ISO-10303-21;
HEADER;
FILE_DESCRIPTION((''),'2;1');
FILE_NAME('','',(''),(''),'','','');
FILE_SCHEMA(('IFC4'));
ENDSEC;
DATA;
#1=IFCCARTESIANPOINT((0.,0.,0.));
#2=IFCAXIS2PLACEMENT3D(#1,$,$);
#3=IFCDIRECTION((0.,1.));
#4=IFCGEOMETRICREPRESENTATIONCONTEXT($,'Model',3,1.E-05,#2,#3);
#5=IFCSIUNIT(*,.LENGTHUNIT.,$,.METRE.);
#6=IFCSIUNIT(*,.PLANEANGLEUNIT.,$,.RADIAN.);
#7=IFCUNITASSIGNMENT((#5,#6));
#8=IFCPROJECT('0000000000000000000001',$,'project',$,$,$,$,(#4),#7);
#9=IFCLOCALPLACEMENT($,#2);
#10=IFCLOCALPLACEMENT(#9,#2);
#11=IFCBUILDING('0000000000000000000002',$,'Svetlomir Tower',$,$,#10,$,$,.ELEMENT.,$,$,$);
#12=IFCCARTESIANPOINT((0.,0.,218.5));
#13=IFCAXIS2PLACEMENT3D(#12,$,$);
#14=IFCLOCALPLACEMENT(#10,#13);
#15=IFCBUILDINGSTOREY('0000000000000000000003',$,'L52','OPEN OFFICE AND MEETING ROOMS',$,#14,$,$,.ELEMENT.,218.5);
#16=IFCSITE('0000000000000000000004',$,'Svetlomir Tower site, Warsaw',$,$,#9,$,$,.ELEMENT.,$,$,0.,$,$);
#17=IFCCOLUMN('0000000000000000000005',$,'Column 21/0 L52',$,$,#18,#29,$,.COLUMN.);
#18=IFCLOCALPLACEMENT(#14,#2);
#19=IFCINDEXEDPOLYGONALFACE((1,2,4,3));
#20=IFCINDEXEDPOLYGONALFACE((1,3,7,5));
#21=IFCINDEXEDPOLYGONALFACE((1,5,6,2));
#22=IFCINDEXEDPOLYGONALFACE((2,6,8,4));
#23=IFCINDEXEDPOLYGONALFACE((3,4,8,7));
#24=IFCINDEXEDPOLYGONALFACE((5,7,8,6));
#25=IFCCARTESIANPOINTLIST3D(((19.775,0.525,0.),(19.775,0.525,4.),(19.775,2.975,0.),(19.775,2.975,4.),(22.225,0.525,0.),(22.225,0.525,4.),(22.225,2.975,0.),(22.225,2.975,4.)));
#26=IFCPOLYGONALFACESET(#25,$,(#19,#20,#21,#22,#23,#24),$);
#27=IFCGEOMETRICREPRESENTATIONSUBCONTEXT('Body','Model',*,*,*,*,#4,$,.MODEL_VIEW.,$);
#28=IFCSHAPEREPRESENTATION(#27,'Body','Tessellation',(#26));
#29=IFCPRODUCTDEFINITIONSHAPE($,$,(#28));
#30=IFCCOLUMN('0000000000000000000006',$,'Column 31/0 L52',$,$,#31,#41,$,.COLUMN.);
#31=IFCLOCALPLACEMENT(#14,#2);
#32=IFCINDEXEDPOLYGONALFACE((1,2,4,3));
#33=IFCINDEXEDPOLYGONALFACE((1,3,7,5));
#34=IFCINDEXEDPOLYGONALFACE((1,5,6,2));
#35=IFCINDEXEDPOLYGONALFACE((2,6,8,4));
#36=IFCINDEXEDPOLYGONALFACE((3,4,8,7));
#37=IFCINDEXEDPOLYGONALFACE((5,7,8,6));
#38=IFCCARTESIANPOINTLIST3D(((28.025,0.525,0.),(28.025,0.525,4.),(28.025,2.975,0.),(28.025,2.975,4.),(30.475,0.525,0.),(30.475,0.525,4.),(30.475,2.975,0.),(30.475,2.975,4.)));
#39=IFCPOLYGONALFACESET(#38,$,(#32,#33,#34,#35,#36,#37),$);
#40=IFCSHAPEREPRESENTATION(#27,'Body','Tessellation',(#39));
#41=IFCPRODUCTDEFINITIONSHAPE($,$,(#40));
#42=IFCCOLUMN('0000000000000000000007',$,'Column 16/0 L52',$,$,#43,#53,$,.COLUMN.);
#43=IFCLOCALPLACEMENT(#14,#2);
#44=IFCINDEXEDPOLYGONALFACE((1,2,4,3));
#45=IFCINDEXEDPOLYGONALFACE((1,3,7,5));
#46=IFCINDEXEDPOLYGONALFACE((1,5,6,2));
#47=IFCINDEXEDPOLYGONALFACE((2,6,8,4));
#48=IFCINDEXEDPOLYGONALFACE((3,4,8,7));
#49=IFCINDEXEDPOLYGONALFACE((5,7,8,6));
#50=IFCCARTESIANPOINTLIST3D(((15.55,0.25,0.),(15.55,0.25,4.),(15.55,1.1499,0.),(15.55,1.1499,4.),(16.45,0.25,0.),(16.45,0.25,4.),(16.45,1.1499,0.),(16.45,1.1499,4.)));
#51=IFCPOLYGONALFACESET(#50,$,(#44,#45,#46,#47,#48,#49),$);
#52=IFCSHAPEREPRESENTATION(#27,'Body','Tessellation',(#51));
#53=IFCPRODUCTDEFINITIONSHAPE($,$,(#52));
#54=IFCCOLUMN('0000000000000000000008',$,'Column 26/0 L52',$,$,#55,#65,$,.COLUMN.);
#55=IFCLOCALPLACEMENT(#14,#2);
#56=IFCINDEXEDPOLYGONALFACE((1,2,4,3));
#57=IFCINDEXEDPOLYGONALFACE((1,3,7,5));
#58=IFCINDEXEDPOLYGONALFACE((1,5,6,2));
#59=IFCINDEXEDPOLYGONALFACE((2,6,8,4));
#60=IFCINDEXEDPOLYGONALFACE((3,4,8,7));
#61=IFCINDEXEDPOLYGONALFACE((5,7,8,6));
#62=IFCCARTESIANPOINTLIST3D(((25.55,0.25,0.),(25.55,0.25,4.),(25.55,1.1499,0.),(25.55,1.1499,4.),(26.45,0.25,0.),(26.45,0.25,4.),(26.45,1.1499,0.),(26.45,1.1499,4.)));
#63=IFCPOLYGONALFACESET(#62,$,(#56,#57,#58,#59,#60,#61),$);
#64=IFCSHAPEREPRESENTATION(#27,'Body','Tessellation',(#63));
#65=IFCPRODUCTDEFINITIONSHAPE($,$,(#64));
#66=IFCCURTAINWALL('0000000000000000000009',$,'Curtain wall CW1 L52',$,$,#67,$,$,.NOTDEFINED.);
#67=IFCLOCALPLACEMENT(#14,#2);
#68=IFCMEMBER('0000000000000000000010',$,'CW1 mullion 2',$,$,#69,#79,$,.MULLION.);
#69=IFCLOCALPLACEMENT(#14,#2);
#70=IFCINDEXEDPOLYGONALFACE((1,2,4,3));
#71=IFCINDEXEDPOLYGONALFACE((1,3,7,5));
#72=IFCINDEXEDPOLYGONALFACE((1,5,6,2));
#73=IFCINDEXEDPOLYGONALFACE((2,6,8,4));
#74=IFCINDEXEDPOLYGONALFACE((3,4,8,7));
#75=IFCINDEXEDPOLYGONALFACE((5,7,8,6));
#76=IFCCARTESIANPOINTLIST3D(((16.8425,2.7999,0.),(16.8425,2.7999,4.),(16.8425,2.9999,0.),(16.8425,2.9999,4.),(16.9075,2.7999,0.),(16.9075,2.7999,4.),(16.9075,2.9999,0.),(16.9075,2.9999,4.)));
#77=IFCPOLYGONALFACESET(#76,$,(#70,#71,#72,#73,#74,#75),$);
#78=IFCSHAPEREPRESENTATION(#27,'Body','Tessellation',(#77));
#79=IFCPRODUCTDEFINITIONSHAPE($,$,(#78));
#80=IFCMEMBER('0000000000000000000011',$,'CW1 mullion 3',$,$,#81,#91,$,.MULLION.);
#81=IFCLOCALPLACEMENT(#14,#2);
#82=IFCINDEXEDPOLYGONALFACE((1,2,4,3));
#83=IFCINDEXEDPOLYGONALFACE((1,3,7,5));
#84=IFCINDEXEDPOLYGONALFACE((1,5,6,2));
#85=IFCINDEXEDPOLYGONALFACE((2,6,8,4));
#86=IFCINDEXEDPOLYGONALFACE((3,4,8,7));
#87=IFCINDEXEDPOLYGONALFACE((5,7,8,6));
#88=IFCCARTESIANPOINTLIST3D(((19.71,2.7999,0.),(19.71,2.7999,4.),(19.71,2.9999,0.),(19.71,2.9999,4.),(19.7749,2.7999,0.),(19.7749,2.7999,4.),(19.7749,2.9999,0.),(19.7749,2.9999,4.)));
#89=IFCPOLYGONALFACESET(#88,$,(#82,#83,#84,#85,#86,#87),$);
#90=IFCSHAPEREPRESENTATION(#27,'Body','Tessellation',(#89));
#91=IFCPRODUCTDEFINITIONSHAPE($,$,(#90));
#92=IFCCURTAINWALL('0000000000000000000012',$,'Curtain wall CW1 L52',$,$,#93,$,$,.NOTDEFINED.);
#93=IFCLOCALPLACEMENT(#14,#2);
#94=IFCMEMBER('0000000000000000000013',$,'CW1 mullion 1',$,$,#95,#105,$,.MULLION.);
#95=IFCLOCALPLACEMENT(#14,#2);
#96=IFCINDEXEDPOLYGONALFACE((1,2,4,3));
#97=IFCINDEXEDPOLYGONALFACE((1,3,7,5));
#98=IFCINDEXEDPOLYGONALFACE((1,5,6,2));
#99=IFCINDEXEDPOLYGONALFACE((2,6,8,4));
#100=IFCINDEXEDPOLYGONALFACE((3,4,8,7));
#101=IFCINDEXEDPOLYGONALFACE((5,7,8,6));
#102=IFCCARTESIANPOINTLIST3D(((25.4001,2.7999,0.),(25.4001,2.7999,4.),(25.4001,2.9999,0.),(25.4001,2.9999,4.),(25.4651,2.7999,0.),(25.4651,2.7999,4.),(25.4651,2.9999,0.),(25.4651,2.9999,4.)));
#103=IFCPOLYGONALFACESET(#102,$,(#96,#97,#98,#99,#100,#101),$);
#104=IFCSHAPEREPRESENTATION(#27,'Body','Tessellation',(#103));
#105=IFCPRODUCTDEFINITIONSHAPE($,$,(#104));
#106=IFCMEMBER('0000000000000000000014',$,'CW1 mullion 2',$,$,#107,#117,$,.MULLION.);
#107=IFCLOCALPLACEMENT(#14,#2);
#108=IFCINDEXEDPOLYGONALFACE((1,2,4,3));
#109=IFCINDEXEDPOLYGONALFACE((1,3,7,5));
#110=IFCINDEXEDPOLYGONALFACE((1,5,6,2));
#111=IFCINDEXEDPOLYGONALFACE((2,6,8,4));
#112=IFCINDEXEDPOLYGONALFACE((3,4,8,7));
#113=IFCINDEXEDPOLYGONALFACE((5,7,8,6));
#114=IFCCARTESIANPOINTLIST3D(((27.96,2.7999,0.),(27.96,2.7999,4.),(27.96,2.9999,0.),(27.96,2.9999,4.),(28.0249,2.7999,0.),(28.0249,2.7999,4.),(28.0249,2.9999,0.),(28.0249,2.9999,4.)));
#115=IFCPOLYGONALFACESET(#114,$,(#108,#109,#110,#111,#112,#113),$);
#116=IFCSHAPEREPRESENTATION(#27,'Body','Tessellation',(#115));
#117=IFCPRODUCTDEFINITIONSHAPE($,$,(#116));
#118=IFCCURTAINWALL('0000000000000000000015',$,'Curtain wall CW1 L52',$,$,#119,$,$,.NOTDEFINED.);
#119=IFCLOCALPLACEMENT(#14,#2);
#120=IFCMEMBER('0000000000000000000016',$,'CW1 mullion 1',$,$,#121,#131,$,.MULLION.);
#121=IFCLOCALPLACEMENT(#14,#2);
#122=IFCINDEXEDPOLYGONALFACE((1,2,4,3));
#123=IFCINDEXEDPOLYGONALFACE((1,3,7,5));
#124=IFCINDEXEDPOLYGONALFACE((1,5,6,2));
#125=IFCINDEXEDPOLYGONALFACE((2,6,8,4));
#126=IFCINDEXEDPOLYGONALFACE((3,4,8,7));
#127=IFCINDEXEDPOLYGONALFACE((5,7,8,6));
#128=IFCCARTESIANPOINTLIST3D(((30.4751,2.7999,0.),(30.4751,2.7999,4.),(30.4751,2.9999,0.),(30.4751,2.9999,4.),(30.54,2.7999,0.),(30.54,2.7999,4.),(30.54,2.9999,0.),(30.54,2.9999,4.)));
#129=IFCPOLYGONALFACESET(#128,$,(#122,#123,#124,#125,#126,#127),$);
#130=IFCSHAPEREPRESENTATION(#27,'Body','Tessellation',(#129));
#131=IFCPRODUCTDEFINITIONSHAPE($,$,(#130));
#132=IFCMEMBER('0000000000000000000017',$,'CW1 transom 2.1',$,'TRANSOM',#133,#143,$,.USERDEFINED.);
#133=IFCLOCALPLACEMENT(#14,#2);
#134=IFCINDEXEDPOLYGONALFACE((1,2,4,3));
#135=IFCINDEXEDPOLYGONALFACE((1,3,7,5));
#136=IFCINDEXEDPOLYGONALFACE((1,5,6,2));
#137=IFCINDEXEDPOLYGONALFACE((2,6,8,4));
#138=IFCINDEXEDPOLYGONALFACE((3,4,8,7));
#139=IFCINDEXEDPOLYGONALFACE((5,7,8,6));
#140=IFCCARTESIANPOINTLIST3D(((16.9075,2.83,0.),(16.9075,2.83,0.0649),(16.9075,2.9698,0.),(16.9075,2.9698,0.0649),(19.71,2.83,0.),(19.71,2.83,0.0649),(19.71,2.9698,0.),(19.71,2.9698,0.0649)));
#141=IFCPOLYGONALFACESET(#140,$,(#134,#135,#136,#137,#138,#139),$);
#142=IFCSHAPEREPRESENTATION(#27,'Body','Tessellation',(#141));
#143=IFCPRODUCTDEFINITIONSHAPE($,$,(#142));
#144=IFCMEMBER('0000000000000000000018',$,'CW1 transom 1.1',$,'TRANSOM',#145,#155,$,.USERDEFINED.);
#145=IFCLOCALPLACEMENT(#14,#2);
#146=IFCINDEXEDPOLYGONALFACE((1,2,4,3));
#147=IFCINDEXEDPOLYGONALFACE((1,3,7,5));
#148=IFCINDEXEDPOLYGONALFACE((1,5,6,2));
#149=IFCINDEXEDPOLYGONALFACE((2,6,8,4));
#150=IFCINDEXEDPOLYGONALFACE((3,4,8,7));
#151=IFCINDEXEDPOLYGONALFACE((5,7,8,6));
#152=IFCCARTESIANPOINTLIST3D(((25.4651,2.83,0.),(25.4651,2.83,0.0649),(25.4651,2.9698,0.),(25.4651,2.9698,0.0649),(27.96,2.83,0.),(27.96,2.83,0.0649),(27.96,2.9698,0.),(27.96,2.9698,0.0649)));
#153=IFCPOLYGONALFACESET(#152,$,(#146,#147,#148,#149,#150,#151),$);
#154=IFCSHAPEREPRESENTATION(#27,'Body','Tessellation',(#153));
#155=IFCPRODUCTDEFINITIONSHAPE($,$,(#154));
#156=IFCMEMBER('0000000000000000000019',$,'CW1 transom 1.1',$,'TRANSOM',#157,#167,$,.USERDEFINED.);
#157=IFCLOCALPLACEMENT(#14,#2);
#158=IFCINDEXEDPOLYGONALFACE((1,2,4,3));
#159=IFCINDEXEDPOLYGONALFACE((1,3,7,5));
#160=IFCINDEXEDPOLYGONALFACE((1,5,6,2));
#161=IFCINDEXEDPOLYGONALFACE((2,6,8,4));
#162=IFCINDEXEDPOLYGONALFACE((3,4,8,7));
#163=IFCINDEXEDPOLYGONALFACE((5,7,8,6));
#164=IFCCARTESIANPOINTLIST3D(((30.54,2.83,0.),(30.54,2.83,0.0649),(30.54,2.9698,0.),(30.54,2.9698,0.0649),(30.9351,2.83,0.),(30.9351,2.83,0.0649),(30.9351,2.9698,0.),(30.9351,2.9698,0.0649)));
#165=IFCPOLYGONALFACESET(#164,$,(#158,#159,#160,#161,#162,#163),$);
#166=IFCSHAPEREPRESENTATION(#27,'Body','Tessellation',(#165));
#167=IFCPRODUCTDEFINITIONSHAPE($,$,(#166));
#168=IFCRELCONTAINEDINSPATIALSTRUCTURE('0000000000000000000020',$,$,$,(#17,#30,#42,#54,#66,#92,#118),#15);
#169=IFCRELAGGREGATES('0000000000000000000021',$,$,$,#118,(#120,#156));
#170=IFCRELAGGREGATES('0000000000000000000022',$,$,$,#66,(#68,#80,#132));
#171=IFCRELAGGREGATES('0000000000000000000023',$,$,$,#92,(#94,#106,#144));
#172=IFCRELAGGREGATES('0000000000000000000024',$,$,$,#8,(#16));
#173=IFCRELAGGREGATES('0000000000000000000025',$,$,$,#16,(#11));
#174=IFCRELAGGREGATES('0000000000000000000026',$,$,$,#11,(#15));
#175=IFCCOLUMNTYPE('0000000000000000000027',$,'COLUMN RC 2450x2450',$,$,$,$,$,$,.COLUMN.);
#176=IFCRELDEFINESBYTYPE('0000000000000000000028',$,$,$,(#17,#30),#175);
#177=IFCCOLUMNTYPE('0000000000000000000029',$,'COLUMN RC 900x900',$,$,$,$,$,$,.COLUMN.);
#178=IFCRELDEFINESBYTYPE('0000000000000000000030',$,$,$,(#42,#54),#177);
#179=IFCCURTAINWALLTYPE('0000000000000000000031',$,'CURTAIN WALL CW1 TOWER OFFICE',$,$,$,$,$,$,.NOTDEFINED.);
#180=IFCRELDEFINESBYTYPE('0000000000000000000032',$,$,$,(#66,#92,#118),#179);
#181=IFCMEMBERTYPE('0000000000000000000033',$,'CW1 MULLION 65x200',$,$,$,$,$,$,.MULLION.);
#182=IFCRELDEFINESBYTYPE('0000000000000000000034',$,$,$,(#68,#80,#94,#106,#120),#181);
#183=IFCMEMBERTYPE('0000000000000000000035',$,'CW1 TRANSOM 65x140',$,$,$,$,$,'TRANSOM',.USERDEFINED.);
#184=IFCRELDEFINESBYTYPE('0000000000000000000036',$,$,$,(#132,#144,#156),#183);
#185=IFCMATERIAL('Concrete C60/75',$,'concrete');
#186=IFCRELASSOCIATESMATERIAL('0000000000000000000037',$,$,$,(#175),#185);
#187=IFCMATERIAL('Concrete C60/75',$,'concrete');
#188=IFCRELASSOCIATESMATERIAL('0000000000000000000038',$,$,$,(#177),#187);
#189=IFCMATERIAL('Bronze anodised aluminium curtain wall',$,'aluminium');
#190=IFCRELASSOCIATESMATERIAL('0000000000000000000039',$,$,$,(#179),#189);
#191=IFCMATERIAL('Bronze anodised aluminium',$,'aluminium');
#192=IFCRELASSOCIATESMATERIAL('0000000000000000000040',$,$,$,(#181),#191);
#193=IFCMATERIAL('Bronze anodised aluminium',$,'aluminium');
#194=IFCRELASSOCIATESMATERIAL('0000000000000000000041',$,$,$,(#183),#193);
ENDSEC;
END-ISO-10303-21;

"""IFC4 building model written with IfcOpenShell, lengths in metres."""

from ifc_helpers import new_model, si_unit, direction, frame, origin, origin_2d, place, context, subcontext, project, spatial, rectangle, extrude, material, material_profile, profile_set, type_object, element, aggregate, save


model = new_model("IFC4")

# Units and contexts
model_context = context("Model", 3, precision=1e-05, world=origin(), true_north=direction((0.0, 1.0)))
body_context = subcontext(model_context, "Body", "Model", "MODEL_VIEW")
ifc_project = project(units=[si_unit("LENGTHUNIT", "METRE"), si_unit("PLANEANGLEUNIT", "RADIAN")], contexts=[model_context])

# Site, building, storey
site_placement = place(None, origin())
site = spatial("IfcSite", under=ifc_project, at=site_placement, Name="Svetlomir Tower site, Warsaw", CompositionType="ELEMENT", RefElevation=0.0)
building_placement = place(site_placement, origin())
building = spatial("IfcBuilding", under=site, at=building_placement, Name="Svetlomir Tower", CompositionType="ELEMENT")
storey_placement = place(building_placement, frame((0.0, 0.0, 218.5)))
storey = spatial("IfcBuildingStorey", under=building, at=storey_placement, Name="L52", Description="OPEN OFFICE AND MEETING ROOMS", CompositionType="ELEMENT", Elevation=218.5)

# Columns
ifc_material_1 = material(Name="Concrete C60/75", Category="concrete")
ifc_material_profile_1 = material_profile(ifc_material_1, rectangle(XDim=2.45, YDim=2.45, at=origin_2d()), Name="RC 2450x2450")
ifc_profile_set_1 = profile_set([ifc_material_profile_1], Name="Concrete C60/75")
column_type_1 = type_object("IfcColumnType", Name="COLUMN RC 2450x2450", PredefinedType="COLUMN", material=ifc_profile_set_1)
for number, where, z_axis, x_axis, name in (
    (1, (21.0, 1.75, 0.0), (0.0, 0.0, 1.0), (1.0, 0.0, 0.0), "Column 21/0 L52"),
    (2, (29.25, 1.75, 0.0), (0.0, 0.0, 1.0), (1.0, 0.0, 0.0), "Column 31/0 L52"),
):
    element("IfcColumn", number, at=place(storey_placement, frame(where, z_axis=z_axis, x_axis=x_axis)), inside=storey, type_object=column_type_1, Name=name, PredefinedType="COLUMN", context=body_context, shape_type="SweptSolid", body=[
        extrude(rectangle(XDim=2.45, YDim=2.45, at=origin_2d()), origin(), (0.0, 0.0, 1.0), 4.0),
    ])
ifc_material_2 = material(Name="Concrete C60/75", Category="concrete")
ifc_material_profile_2 = material_profile(ifc_material_2, rectangle(XDim=0.8999, YDim=0.8999, at=origin_2d()), Name="RC 900x900")
ifc_profile_set_2 = profile_set([ifc_material_profile_2], Name="Concrete C60/75")
column_type_2 = type_object("IfcColumnType", Name="COLUMN RC 900x900", PredefinedType="COLUMN", material=ifc_profile_set_2)
for number, where, z_axis, x_axis, name in (
    (3, (16.0, 0.7, 0.0), (0.0, 0.0, 1.0), (1.0, 0.0, 0.0), "Column 16/0 L52"),
    (4, (26.0, 0.7, 0.0), (0.0, 0.0, 1.0), (1.0, 0.0, 0.0), "Column 26/0 L52"),
):
    element("IfcColumn", number, at=place(storey_placement, frame(where, z_axis=z_axis, x_axis=x_axis)), inside=storey, type_object=column_type_2, Name=name, PredefinedType="COLUMN", context=body_context, shape_type="SweptSolid", body=[
        extrude(rectangle(XDim=0.8999, YDim=0.8999, at=origin_2d()), origin(), (0.0, 0.0, 1.0), 4.0),
    ])

# Curtain walls, members
ifc_material_3 = material(Name="Bronze anodised aluminium curtain wall", Category="aluminium")
curtain_wall_type = type_object("IfcCurtainWallType", Name="CURTAIN WALL CW1 TOWER OFFICE", PredefinedType="NOTDEFINED", material=ifc_material_3)
curtain_wall_1_placement = place(storey_placement, origin())
curtain_wall_1 = element("IfcCurtainWall", 5, at=curtain_wall_1_placement, inside=storey, type_object=curtain_wall_type, Name="Curtain wall CW1 L52", PredefinedType="NOTDEFINED")
ifc_material_4 = material(Name="Bronze anodised aluminium", Category="aluminium")
ifc_material_profile_3 = material_profile(ifc_material_4, rectangle(XDim=0.0649, YDim=0.2, at=origin_2d()), Name="AL 65x200")
ifc_profile_set_3 = profile_set([ifc_material_profile_3], Name="Bronze anodised aluminium 6063-T6")
member_type_1 = type_object("IfcMemberType", Name="CW1 MULLION 65x200", PredefinedType="MULLION", material=ifc_profile_set_3)
member_1_placement = place(storey_placement, frame((16.875, 2.8999, 0.0), z_axis=(0.0, 0.0, 1.0), x_axis=(1.0, 0.0, 0.0)))
member_1 = element("IfcMember", 6, at=member_1_placement, type_object=member_type_1, Name="CW1 mullion 2", PredefinedType="MULLION", context=body_context, shape_type="SweptSolid", body=[
    extrude(rectangle(XDim=0.0649, YDim=0.2, at=origin_2d()), origin(), (0.0, 0.0, 1.0), 4.0),
])
member_2_placement = place(storey_placement, frame((19.7424, 2.8999, 0.0), z_axis=(0.0, 0.0, 1.0), x_axis=(1.0, 0.0, 0.0)))
member_2 = element("IfcMember", 7, at=member_2_placement, type_object=member_type_1, Name="CW1 mullion 3", PredefinedType="MULLION", context=body_context, shape_type="SweptSolid", body=[
    extrude(rectangle(XDim=0.0649, YDim=0.2, at=origin_2d()), origin(), (0.0, 0.0, 1.0), 4.0),
])
curtain_wall_2_placement = place(storey_placement, origin())
curtain_wall_2 = element("IfcCurtainWall", 8, at=curtain_wall_2_placement, inside=storey, type_object=curtain_wall_type, Name="Curtain wall CW1 L52", PredefinedType="NOTDEFINED")
member_3_placement = place(storey_placement, frame((25.4326, 2.8999, 0.0), z_axis=(0.0, 0.0, 1.0), x_axis=(1.0, 0.0, 0.0)))
member_3 = element("IfcMember", 9, at=member_3_placement, type_object=member_type_1, Name="CW1 mullion 1", PredefinedType="MULLION", context=body_context, shape_type="SweptSolid", body=[
    extrude(rectangle(XDim=0.0649, YDim=0.2, at=origin_2d()), origin(), (0.0, 0.0, 1.0), 4.0),
])
member_4_placement = place(storey_placement, frame((27.9924, 2.8999, 0.0), z_axis=(0.0, 0.0, 1.0), x_axis=(1.0, 0.0, 0.0)))
member_4 = element("IfcMember", 10, at=member_4_placement, type_object=member_type_1, Name="CW1 mullion 2", PredefinedType="MULLION", context=body_context, shape_type="SweptSolid", body=[
    extrude(rectangle(XDim=0.0649, YDim=0.2, at=origin_2d()), origin(), (0.0, 0.0, 1.0), 4.0),
])

# Curtain wall, member
curtain_wall_3_placement = place(storey_placement, origin())
curtain_wall_3 = element("IfcCurtainWall", 11, at=curtain_wall_3_placement, inside=storey, type_object=curtain_wall_type, Name="Curtain wall CW1 L52", PredefinedType="NOTDEFINED")
member_5_placement = place(storey_placement, frame((30.5076, 2.8999, 0.0), z_axis=(0.0, 0.0, 1.0), x_axis=(1.0, 0.0, 0.0)))
member_5 = element("IfcMember", 12, at=member_5_placement, type_object=member_type_1, Name="CW1 mullion 1", PredefinedType="MULLION", context=body_context, shape_type="SweptSolid", body=[
    extrude(rectangle(XDim=0.0649, YDim=0.2, at=origin_2d()), origin(), (0.0, 0.0, 1.0), 4.0),
])

# Members
ifc_material_5 = material(Name="Bronze anodised aluminium", Category="aluminium")
ifc_material_profile_4 = material_profile(ifc_material_5, rectangle(XDim=0.1399, YDim=0.0649, at=origin_2d()), Name="AL 140x65")
ifc_profile_set_4 = profile_set([ifc_material_profile_4], Name="Bronze anodised aluminium 6063-T6")
member_type_2 = type_object("IfcMemberType", Name="CW1 TRANSOM 65x140", ElementType="TRANSOM", PredefinedType="USERDEFINED", material=ifc_profile_set_4)
member_6_placement = place(storey_placement, frame((16.9075, 2.8999, 0.0325), z_axis=(1.0, 0.0, 0.0), x_axis=(0.0, 1.0, 0.0)))
member_6 = element("IfcMember", 13, at=member_6_placement, type_object=member_type_2, Name="CW1 transom 2.1", ObjectType="TRANSOM", PredefinedType="USERDEFINED", context=body_context, shape_type="SweptSolid", body=[
    extrude(rectangle(XDim=0.1399, YDim=0.0649, at=origin_2d()), origin(), (0.0, 0.0, 1.0), 2.8025),
])
member_7_placement = place(storey_placement, frame((25.4651, 2.8999, 0.0325), z_axis=(1.0, 0.0, 0.0), x_axis=(0.0, 1.0, 0.0)))
member_7 = element("IfcMember", 14, at=member_7_placement, type_object=member_type_2, Name="CW1 transom 1.1", ObjectType="TRANSOM", PredefinedType="USERDEFINED", context=body_context, shape_type="SweptSolid", body=[
    extrude(rectangle(XDim=0.1399, YDim=0.0649, at=origin_2d()), origin(), (0.0, 0.0, 1.0), 2.4949),
])
member_8_placement = place(storey_placement, frame((30.54, 2.8999, 0.0325), z_axis=(1.0, 0.0, 0.0), x_axis=(0.0, 1.0, 0.0)))
member_8 = element("IfcMember", 15, at=member_8_placement, type_object=member_type_2, Name="CW1 transom 1.1", ObjectType="TRANSOM", PredefinedType="USERDEFINED", context=body_context, shape_type="SweptSolid", body=[
    extrude(rectangle(XDim=0.1399, YDim=0.0649, at=origin_2d()), origin(), (0.0, 0.0, 1.0), 0.395),
])
aggregate(curtain_wall_3, [member_5, member_8])

aggregate(curtain_wall_1, [member_1, member_2, member_6])
aggregate(curtain_wall_2, [member_3, member_4, member_7])

save(model, "model.ifc")
